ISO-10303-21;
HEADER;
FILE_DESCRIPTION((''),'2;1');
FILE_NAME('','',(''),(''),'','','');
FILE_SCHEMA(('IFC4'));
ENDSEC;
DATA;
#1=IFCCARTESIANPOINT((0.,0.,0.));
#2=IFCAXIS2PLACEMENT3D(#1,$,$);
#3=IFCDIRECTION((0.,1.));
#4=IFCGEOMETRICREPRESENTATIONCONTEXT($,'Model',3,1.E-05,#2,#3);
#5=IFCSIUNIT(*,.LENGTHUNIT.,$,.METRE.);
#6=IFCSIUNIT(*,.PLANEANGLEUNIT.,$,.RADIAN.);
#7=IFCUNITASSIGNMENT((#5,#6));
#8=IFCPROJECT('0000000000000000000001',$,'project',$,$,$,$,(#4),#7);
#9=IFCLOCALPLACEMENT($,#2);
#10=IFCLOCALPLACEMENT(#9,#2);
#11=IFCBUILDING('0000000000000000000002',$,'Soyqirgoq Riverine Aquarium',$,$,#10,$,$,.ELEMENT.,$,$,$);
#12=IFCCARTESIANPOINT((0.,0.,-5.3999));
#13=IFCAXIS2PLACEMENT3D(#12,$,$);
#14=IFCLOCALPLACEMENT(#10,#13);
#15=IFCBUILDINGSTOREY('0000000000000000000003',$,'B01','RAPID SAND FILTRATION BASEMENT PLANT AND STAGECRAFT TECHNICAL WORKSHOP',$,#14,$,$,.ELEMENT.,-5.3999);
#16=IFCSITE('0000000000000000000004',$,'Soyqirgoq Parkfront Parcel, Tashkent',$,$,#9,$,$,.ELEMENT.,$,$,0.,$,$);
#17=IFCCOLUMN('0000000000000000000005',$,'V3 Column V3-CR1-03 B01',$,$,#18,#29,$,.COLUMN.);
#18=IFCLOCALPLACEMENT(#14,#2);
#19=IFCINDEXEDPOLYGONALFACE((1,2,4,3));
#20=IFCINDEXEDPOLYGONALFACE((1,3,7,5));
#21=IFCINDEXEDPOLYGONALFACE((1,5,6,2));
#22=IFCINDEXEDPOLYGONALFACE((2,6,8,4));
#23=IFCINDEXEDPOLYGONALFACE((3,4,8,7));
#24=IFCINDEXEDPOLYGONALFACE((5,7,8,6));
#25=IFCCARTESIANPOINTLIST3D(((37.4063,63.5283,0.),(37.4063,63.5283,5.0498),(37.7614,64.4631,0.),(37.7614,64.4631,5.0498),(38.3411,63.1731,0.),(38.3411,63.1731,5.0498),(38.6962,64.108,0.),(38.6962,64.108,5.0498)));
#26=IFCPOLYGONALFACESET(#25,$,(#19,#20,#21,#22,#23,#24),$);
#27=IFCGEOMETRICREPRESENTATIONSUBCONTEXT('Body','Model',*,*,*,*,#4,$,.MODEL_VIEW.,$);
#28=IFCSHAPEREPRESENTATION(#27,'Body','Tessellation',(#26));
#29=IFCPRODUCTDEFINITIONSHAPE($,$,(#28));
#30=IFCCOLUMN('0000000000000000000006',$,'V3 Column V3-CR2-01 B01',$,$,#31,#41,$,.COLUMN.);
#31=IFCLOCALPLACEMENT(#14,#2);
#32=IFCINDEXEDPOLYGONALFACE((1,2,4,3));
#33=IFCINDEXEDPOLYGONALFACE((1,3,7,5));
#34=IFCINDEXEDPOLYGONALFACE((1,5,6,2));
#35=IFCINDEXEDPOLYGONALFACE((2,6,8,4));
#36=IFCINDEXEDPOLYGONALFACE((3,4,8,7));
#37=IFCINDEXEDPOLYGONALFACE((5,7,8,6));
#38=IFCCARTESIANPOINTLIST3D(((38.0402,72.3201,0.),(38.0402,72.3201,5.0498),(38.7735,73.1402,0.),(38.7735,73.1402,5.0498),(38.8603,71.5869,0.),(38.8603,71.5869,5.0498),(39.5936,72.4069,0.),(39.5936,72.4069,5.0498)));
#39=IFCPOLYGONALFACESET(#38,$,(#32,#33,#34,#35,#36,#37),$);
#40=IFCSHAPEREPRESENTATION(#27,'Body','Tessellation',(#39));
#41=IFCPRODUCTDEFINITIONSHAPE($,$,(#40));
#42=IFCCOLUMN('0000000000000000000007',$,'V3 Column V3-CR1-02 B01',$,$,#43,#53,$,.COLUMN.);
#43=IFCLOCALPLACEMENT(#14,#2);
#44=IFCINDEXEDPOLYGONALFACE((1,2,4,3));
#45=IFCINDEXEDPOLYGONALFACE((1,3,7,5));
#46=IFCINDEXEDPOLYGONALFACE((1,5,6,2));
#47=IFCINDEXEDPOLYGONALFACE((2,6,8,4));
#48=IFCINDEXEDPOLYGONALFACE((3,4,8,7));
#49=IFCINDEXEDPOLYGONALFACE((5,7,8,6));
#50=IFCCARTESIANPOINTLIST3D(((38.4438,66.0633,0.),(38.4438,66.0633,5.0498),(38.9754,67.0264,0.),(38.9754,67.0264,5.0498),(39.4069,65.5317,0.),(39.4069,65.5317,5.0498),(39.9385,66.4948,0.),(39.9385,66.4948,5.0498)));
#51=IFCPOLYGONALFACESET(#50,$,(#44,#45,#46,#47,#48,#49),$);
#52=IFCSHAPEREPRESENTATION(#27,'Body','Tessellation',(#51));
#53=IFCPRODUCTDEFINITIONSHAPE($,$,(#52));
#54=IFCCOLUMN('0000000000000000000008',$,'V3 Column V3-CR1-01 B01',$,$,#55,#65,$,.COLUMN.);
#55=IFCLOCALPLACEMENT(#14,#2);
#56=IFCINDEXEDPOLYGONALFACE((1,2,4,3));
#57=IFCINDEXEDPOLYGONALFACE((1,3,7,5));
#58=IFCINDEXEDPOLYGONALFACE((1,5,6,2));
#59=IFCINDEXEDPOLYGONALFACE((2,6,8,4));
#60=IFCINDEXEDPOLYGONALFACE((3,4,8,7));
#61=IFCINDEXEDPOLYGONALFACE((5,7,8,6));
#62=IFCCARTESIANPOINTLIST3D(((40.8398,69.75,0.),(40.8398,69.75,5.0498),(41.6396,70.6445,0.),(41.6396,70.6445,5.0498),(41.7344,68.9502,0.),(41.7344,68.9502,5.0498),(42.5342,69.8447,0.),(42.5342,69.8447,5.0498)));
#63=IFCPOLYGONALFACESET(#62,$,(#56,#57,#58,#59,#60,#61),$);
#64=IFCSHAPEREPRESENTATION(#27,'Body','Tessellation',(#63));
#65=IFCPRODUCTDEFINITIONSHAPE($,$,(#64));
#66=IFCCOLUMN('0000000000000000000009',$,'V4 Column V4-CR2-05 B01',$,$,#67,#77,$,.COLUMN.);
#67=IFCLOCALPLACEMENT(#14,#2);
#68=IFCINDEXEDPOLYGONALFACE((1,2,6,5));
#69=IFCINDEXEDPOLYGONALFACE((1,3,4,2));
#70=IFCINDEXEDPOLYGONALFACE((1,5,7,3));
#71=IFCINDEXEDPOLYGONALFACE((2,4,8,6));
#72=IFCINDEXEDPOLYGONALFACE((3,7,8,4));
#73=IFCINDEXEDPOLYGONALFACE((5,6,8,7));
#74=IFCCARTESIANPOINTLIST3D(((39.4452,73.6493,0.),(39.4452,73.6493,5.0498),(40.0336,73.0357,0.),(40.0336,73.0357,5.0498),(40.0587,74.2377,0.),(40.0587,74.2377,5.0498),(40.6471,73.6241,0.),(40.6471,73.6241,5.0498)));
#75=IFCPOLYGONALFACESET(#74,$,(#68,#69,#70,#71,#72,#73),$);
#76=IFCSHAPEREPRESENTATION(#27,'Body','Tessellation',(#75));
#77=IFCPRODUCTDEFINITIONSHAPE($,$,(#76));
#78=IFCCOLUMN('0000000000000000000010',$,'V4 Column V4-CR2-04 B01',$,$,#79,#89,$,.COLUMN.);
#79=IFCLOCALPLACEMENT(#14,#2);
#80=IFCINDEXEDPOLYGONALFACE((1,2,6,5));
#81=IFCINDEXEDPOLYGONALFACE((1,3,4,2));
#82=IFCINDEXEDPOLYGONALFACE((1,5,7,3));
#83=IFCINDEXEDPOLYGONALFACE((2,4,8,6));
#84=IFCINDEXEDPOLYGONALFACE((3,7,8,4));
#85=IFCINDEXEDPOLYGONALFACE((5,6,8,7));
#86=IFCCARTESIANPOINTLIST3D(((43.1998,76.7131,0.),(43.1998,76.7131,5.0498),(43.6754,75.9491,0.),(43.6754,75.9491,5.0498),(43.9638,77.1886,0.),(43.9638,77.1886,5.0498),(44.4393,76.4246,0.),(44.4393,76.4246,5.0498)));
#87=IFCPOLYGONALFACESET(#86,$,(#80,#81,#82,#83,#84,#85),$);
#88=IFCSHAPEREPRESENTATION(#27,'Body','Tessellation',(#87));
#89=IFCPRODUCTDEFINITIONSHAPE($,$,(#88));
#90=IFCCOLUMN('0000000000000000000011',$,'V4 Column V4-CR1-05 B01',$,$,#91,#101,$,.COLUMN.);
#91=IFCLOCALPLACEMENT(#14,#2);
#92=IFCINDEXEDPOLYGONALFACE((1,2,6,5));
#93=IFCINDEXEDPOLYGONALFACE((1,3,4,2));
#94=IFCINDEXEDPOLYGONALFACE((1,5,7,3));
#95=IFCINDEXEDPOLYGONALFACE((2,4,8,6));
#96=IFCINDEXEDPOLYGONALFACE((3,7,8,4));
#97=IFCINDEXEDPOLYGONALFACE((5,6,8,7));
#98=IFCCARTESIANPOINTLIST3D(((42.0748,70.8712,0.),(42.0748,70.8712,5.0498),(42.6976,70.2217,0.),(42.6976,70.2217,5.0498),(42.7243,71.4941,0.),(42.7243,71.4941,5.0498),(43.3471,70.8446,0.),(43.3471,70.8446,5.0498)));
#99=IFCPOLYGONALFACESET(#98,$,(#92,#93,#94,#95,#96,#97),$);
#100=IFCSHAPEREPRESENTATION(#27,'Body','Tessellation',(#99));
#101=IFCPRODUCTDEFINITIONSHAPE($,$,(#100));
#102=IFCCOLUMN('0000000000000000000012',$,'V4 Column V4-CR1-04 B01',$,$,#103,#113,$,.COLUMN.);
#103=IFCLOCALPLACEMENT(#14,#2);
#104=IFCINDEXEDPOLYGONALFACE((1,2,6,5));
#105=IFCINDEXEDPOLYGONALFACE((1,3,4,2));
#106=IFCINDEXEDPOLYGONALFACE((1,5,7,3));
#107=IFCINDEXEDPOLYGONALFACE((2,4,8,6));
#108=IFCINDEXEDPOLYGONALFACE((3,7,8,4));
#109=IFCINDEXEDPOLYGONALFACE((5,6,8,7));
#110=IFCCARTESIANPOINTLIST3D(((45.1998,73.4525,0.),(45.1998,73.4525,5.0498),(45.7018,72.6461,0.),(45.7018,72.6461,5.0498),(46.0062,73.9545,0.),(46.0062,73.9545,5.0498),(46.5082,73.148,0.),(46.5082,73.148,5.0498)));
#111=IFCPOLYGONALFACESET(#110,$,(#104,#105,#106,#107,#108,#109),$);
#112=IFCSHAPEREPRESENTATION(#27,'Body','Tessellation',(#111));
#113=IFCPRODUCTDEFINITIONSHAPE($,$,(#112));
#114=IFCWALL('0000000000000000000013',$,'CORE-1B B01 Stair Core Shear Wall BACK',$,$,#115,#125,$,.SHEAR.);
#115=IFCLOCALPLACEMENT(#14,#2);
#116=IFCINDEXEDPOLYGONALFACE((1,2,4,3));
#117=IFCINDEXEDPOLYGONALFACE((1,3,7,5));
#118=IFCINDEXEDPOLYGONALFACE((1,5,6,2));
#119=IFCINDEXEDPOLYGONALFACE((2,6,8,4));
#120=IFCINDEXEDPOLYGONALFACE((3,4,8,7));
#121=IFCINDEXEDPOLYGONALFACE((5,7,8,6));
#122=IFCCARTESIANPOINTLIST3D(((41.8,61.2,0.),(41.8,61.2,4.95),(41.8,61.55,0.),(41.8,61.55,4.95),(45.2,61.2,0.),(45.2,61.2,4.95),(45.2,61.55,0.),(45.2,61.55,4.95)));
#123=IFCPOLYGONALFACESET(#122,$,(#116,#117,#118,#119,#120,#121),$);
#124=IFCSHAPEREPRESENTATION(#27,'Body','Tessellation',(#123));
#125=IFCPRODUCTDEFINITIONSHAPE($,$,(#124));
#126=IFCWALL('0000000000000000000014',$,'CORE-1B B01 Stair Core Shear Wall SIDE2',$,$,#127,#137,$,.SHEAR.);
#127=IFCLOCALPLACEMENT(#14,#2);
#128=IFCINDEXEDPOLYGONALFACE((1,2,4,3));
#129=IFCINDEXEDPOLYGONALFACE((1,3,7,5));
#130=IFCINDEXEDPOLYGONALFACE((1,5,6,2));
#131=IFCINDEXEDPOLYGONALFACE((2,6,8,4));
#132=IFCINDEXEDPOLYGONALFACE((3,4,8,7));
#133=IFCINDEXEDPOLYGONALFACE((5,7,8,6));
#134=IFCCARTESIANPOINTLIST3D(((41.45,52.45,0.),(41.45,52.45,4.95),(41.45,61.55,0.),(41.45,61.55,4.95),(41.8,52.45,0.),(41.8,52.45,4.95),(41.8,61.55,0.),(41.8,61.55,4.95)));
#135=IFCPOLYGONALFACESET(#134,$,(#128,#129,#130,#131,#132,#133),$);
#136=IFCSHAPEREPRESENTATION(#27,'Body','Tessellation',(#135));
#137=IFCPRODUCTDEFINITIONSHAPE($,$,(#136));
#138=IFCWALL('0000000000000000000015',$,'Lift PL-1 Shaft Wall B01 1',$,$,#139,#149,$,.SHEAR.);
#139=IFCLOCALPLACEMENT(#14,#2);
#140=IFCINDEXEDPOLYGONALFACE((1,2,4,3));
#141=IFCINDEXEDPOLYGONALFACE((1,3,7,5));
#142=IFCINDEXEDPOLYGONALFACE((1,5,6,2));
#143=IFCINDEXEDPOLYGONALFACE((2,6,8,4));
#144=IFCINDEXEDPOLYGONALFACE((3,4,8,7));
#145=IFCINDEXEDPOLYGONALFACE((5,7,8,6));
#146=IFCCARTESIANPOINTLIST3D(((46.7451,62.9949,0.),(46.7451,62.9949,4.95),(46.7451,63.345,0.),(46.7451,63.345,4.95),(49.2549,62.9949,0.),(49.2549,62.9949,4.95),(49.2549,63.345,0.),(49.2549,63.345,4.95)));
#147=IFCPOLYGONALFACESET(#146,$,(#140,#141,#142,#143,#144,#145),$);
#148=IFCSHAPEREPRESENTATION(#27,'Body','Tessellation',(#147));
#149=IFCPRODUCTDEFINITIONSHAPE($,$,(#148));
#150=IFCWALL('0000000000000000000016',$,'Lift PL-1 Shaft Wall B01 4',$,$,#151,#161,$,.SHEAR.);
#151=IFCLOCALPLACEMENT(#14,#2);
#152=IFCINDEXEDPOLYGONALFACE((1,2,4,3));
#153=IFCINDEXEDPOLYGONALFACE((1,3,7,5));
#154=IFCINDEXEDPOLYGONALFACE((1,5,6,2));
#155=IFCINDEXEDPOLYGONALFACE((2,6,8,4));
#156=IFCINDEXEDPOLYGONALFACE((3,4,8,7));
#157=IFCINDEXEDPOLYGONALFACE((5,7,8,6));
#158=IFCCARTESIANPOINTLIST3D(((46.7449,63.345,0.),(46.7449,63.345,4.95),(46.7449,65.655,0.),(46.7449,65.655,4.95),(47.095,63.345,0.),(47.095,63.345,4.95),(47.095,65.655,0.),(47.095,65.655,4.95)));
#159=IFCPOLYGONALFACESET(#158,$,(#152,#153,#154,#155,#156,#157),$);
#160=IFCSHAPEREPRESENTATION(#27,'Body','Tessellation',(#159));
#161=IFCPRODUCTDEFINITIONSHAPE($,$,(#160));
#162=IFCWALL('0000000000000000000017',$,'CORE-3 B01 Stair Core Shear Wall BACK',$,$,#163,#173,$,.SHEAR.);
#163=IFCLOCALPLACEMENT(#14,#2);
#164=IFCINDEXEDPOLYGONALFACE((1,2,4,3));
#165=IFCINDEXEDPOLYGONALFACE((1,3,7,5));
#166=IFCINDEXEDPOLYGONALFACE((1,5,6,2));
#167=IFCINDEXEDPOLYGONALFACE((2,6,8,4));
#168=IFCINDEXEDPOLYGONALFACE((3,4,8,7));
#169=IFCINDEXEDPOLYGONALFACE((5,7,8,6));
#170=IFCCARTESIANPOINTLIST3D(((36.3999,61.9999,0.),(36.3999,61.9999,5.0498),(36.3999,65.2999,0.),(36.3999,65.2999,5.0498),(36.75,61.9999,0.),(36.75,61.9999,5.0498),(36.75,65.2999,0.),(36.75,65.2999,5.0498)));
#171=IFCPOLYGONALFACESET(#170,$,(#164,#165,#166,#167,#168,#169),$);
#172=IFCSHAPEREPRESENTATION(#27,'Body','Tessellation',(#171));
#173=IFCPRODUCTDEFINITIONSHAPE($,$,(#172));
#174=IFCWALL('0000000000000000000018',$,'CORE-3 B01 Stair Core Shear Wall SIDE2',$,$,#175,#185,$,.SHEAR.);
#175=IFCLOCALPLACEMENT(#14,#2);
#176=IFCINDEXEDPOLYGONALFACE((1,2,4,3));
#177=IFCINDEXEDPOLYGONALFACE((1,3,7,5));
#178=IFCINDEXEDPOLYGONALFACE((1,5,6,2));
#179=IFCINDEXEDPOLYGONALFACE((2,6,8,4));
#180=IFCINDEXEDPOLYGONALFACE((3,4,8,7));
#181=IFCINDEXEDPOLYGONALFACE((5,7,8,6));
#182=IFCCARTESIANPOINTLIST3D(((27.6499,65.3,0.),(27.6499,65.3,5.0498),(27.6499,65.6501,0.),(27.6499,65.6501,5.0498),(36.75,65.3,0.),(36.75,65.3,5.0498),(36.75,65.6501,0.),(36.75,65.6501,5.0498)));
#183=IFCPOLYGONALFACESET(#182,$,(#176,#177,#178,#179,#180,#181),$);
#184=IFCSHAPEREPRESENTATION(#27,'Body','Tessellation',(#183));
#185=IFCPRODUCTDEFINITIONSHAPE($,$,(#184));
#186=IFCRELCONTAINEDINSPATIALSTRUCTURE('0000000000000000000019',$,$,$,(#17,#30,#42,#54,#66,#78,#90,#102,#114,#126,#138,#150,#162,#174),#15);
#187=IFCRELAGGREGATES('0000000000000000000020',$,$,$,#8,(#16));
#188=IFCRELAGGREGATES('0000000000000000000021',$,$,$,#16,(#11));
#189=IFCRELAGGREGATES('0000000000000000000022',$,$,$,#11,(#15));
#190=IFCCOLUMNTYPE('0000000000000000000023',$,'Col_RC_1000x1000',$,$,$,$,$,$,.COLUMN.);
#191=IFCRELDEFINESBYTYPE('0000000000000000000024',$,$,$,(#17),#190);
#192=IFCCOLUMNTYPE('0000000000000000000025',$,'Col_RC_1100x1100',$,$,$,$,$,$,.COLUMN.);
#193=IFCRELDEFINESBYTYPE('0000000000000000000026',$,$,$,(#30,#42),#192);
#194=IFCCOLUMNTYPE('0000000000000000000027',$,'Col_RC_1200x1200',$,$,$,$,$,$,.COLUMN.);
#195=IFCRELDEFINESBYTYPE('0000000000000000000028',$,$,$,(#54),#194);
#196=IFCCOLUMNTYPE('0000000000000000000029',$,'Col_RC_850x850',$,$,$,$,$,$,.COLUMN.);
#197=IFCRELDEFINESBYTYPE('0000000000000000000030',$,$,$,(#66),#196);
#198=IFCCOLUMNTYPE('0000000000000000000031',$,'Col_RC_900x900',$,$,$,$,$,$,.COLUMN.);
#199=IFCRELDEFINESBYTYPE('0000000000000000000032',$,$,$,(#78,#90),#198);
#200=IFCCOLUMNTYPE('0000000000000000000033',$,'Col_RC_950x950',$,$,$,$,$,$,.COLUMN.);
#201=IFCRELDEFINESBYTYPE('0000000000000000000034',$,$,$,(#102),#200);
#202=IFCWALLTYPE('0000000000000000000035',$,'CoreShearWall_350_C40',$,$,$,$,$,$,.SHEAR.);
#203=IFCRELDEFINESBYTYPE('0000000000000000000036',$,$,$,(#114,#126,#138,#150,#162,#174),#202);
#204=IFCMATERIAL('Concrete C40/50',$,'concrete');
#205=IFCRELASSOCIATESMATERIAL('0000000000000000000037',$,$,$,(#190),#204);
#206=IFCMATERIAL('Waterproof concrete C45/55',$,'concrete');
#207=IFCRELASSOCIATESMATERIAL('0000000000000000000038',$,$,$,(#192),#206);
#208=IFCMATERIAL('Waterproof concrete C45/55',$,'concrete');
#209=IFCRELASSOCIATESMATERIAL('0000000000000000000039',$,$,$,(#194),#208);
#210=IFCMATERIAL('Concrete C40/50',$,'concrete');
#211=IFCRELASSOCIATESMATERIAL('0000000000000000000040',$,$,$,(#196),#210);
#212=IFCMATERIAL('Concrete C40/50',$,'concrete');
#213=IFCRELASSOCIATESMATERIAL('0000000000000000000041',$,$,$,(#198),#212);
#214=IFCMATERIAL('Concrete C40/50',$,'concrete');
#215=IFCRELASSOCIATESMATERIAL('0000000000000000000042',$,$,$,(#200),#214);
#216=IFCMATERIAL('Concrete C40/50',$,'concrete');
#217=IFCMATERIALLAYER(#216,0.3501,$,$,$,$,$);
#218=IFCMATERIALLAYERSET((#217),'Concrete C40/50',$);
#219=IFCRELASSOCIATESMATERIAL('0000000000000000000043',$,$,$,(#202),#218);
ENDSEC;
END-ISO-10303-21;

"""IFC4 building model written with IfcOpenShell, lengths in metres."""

from ifc_helpers import new_model, si_unit, direction, frame, frame_2d, origin, origin_2d, place, context, subcontext, project, spatial, rectangle, extrude, material, layer, layer_set, material_profile, profile_set, type_object, element, save


model = new_model("IFC4")

# Units and contexts
model_context = context("Model", 3, precision=1e-05, world=origin(), true_north=direction((0.0, 1.0)))
body_context = subcontext(model_context, "Body", "Model", "MODEL_VIEW")
ifc_project = project(units=[si_unit("LENGTHUNIT", "METRE"), si_unit("PLANEANGLEUNIT", "RADIAN")], contexts=[model_context])

# Site, building, storey
site_placement = place(None, origin())
site = spatial("IfcSite", under=ifc_project, at=site_placement, Name="Soyqirgoq Parkfront Parcel, Tashkent", CompositionType="ELEMENT", RefElevation=0.0)
building_placement = place(site_placement, origin())
building = spatial("IfcBuilding", under=site, at=building_placement, Name="Soyqirgoq Riverine Aquarium", CompositionType="ELEMENT")
storey_placement = place(building_placement, frame((0.0, 0.0, -5.3999)))
storey = spatial("IfcBuildingStorey", under=building, at=storey_placement, Name="B01", Description="RAPID SAND FILTRATION BASEMENT PLANT AND STAGECRAFT TECHNICAL WORKSHOP", CompositionType="ELEMENT", Elevation=-5.3999)

# Columns
ifc_material_1 = material(Name="Concrete C40/50", Category="concrete")
ifc_material_profile_1 = material_profile(ifc_material_1, rectangle(XDim=1.0, YDim=1.0, at=origin_2d()), Name="RC 1000x1000")
ifc_profile_set_1 = profile_set([ifc_material_profile_1], Name="Concrete C40/50")
column_type_1 = type_object("IfcColumnType", Name="Col_RC_1000x1000", PredefinedType="COLUMN", material=ifc_profile_set_1)
column_1_placement = place(storey_placement, frame((38.0513, 63.8181, 0.0), z_axis=(0.0, 0.0, 1.0), x_axis=(-0.934826, 0.355107, 0.0)))
element("IfcColumn", 1, at=column_1_placement, inside=storey, type_object=column_type_1, Name="V3 Column V3-CR1-03 B01", PredefinedType="COLUMN", context=body_context, shape_type="SweptSolid", body=[
    extrude(rectangle(XDim=1.0, YDim=1.0, at=origin_2d()), origin(), (0.0, 0.0, 1.0), 5.0498),
])
ifc_material_2 = material(Name="Waterproof concrete C45/55", Category="concrete")
ifc_material_profile_2 = material_profile(ifc_material_2, rectangle(XDim=1.1001, YDim=1.1001, at=origin_2d()), Name="RC 1100x1100")
ifc_profile_set_2 = profile_set([ifc_material_profile_2], Name="Waterproof concrete C45/55")
column_type_2 = type_object("IfcColumnType", Name="Col_RC_1100x1100", PredefinedType="COLUMN", material=ifc_profile_set_2)
for number, where, z_axis, x_axis, name in (
    (2, (38.8169, 72.3635, 0.0), (0.0, 0.0, 1.0), (-0.745476, 0.666532, 0.0), "V3 Column V3-CR2-01 B01"),
    (3, (39.1912, 66.2791, 0.0), (0.0, 0.0, 1.0), (-0.875465, 0.483282, 0.0), "V3 Column V3-CR1-02 B01"),
):
    element("IfcColumn", number, at=place(storey_placement, frame(where, z_axis=z_axis, x_axis=x_axis)), inside=storey, type_object=column_type_2, Name=name, PredefinedType="COLUMN", context=body_context, shape_type="SweptSolid", body=[
        extrude(rectangle(XDim=1.1001, YDim=1.1001, at=origin_2d()), origin(), (0.0, 0.0, 1.0), 5.0498),
    ])
ifc_material_3 = material(Name="Waterproof concrete C45/55", Category="concrete")
ifc_material_profile_3 = material_profile(ifc_material_3, rectangle(XDim=1.2, YDim=1.2, at=origin_2d()), Name="RC 1200x1200")
ifc_profile_set_3 = profile_set([ifc_material_profile_3], Name="Waterproof concrete C45/55")
column_type_3 = type_object("IfcColumnType", Name="Col_RC_1200x1200", PredefinedType="COLUMN", material=ifc_profile_set_3)
column_2_placement = place(storey_placement, frame((41.687, 69.7974, 0.0), z_axis=(0.0, 0.0, 1.0), x_axis=(-0.745476, 0.666532, 0.0)))
element("IfcColumn", 4, at=column_2_placement, inside=storey, type_object=column_type_3, Name="V3 Column V3-CR1-01 B01", PredefinedType="COLUMN", context=body_context, shape_type="SweptSolid", body=[
    extrude(rectangle(XDim=1.2, YDim=1.2, at=origin_2d()), origin(), (0.0, 0.0, 1.0), 5.0498),
])
ifc_material_4 = material(Name="Concrete C40/50", Category="concrete")
ifc_material_profile_4 = material_profile(ifc_material_4, rectangle(XDim=0.8501, YDim=0.8501, at=origin_2d()), Name="RC 850x850")
ifc_profile_set_4 = profile_set([ifc_material_profile_4], Name="Concrete C40/50")
column_type_4 = type_object("IfcColumnType", Name="Col_RC_850x850", PredefinedType="COLUMN", material=ifc_profile_set_4)
column_3_placement = place(storey_placement, frame((40.0461, 73.6367, 0.0), z_axis=(0.0, 0.0, 1.0), x_axis=(-0.692143, 0.72176, 0.0)))
element("IfcColumn", 5, at=column_3_placement, inside=storey, type_object=column_type_4, Name="V4 Column V4-CR2-05 B01", PredefinedType="COLUMN", context=body_context, shape_type="SweptSolid", body=[
    extrude(rectangle(XDim=0.8501, YDim=0.8501, at=origin_2d()), origin(), (0.0, 0.0, 1.0), 5.0498),
])
ifc_material_5 = material(Name="Concrete C40/50", Category="concrete")
ifc_material_profile_5 = material_profile(ifc_material_5, rectangle(XDim=0.8999, YDim=0.8999, at=origin_2d()), Name="RC 900x900")
ifc_profile_set_5 = profile_set([ifc_material_profile_5], Name="Concrete C40/50")
column_type_5 = type_object("IfcColumnType", Name="Col_RC_900x900", PredefinedType="COLUMN", material=ifc_profile_set_5)
for number, where, z_axis, x_axis, name in (
    (6, (43.8196, 76.5688, 0.0), (0.0, 0.0, 1.0), (-0.528438, 0.848972, 0.0), "V4 Column V4-CR2-04 B01"),
    (7, (42.7109, 70.8579, 0.0), (0.0, 0.0, 1.0), (-0.692143, 0.72176, 0.0), "V4 Column V4-CR1-05 B01"),
):
    element("IfcColumn", number, at=place(storey_placement, frame(where, z_axis=z_axis, x_axis=x_axis)), inside=storey, type_object=column_type_5, Name=name, PredefinedType="COLUMN", context=body_context, shape_type="SweptSolid", body=[
        extrude(rectangle(XDim=0.8999, YDim=0.8999, at=origin_2d()), origin(), (0.0, 0.0, 1.0), 5.0498),
    ])
ifc_material_6 = material(Name="Concrete C40/50", Category="concrete")
ifc_material_profile_6 = material_profile(ifc_material_6, rectangle(XDim=0.95, YDim=0.95, at=origin_2d()), Name="RC 950x950")
ifc_profile_set_6 = profile_set([ifc_material_profile_6], Name="Concrete C40/50")
column_type_6 = type_object("IfcColumnType", Name="Col_RC_950x950", PredefinedType="COLUMN", material=ifc_profile_set_6)
column_4_placement = place(storey_placement, frame((45.854, 73.3003, 0.0), z_axis=(0.0, 0.0, 1.0), x_axis=(-0.528438, 0.848972, 0.0)))
element("IfcColumn", 8, at=column_4_placement, inside=storey, type_object=column_type_6, Name="V4 Column V4-CR1-04 B01", PredefinedType="COLUMN", context=body_context, shape_type="SweptSolid", body=[
    extrude(rectangle(XDim=0.95, YDim=0.95, at=origin_2d()), origin(), (0.0, 0.0, 1.0), 5.0498),
])

# Walls
ifc_material_7 = material(Name="Concrete C40/50", Category="concrete")
ifc_layer_1 = layer(ifc_material_7, 0.3501)
ifc_layer_set_1 = layer_set([ifc_layer_1], Name="Concrete C40/50")
wall_type_1 = type_object("IfcWallType", Name="CoreShearWall_350_C40", PredefinedType="SHEAR", material=ifc_layer_set_1)
wall_1_placement = place(storey_placement, frame((45.2, 61.375, 0.0), z_axis=(0.0, 0.0, 1.0), x_axis=(-1.0, 0.0, 0.0)))
element("IfcWall", 9, at=wall_1_placement, inside=storey, type_object=wall_type_1, Name="CORE-1B B01 Stair Core Shear Wall BACK", PredefinedType="SHEAR", context=body_context, shape_type="SweptSolid", body=[
    extrude(rectangle(XDim=3.3999, YDim=0.3501, at=frame_2d((1.7, 0.0))), origin(), (0.0, 0.0, 1.0), 4.95),
])
wall_2_placement = place(storey_placement, frame((41.625, 61.55, 0.0), z_axis=(0.0, 0.0, 1.0), x_axis=(0.0, -1.0, 0.0)))
element("IfcWall", 10, at=wall_2_placement, inside=storey, type_object=wall_type_1, Name="CORE-1B B01 Stair Core Shear Wall SIDE2", PredefinedType="SHEAR", context=body_context, shape_type="SweptSolid", body=[
    extrude(rectangle(XDim=9.1001, YDim=0.3501, at=frame_2d((4.55, 0.0))), origin(), (0.0, 0.0, 1.0), 4.95),
])
wall_3_placement = place(storey_placement, frame((46.7451, 63.1699, 0.0), z_axis=(0.0, 0.0, 1.0), x_axis=(1.0, 0.0, 0.0)))
element("IfcWall", 11, at=wall_3_placement, inside=storey, type_object=wall_type_1, Name="Lift PL-1 Shaft Wall B01 1", PredefinedType="SHEAR", context=body_context, shape_type="SweptSolid", body=[
    extrude(rectangle(XDim=2.5098, YDim=0.3501, at=frame_2d((1.2549, 0.0))), origin(), (0.0, 0.0, 1.0), 4.95),
])
wall_4_placement = place(storey_placement, frame((46.9199, 65.655, 0.0), z_axis=(0.0, 0.0, 1.0), x_axis=(0.0, -1.0, 0.0)))
element("IfcWall", 12, at=wall_4_placement, inside=storey, type_object=wall_type_1, Name="Lift PL-1 Shaft Wall B01 4", PredefinedType="SHEAR", context=body_context, shape_type="SweptSolid", body=[
    extrude(rectangle(XDim=2.3101, YDim=0.3501, at=frame_2d((1.155, 0.0))), origin(), (0.0, 0.0, 1.0), 4.95),
])
wall_5_placement = place(storey_placement, frame((36.575, 62.0, 0.0), z_axis=(0.0, 0.0, 1.0), x_axis=(0.0, 1.0, 0.0)))
element("IfcWall", 13, at=wall_5_placement, inside=storey, type_object=wall_type_1, Name="CORE-3 B01 Stair Core Shear Wall BACK", PredefinedType="SHEAR", context=body_context, shape_type="SweptSolid", body=[
    extrude(rectangle(XDim=3.3, YDim=0.3501, at=frame_2d((1.6499, 0.0))), origin(), (0.0, 0.0, 1.0), 5.0498),
])
wall_6_placement = place(storey_placement, frame((36.75, 65.4751, 0.0), z_axis=(0.0, 0.0, 1.0), x_axis=(-1.0, 0.0, 0.0)))
element("IfcWall", 14, at=wall_6_placement, inside=storey, type_object=wall_type_1, Name="CORE-3 B01 Stair Core Shear Wall SIDE2", PredefinedType="SHEAR", context=body_context, shape_type="SweptSolid", body=[
    extrude(rectangle(XDim=9.1001, YDim=0.3501, at=frame_2d((4.55, 0.0))), origin(), (0.0, 0.0, 1.0), 5.0498),
])

save(model, "model.ifc")
